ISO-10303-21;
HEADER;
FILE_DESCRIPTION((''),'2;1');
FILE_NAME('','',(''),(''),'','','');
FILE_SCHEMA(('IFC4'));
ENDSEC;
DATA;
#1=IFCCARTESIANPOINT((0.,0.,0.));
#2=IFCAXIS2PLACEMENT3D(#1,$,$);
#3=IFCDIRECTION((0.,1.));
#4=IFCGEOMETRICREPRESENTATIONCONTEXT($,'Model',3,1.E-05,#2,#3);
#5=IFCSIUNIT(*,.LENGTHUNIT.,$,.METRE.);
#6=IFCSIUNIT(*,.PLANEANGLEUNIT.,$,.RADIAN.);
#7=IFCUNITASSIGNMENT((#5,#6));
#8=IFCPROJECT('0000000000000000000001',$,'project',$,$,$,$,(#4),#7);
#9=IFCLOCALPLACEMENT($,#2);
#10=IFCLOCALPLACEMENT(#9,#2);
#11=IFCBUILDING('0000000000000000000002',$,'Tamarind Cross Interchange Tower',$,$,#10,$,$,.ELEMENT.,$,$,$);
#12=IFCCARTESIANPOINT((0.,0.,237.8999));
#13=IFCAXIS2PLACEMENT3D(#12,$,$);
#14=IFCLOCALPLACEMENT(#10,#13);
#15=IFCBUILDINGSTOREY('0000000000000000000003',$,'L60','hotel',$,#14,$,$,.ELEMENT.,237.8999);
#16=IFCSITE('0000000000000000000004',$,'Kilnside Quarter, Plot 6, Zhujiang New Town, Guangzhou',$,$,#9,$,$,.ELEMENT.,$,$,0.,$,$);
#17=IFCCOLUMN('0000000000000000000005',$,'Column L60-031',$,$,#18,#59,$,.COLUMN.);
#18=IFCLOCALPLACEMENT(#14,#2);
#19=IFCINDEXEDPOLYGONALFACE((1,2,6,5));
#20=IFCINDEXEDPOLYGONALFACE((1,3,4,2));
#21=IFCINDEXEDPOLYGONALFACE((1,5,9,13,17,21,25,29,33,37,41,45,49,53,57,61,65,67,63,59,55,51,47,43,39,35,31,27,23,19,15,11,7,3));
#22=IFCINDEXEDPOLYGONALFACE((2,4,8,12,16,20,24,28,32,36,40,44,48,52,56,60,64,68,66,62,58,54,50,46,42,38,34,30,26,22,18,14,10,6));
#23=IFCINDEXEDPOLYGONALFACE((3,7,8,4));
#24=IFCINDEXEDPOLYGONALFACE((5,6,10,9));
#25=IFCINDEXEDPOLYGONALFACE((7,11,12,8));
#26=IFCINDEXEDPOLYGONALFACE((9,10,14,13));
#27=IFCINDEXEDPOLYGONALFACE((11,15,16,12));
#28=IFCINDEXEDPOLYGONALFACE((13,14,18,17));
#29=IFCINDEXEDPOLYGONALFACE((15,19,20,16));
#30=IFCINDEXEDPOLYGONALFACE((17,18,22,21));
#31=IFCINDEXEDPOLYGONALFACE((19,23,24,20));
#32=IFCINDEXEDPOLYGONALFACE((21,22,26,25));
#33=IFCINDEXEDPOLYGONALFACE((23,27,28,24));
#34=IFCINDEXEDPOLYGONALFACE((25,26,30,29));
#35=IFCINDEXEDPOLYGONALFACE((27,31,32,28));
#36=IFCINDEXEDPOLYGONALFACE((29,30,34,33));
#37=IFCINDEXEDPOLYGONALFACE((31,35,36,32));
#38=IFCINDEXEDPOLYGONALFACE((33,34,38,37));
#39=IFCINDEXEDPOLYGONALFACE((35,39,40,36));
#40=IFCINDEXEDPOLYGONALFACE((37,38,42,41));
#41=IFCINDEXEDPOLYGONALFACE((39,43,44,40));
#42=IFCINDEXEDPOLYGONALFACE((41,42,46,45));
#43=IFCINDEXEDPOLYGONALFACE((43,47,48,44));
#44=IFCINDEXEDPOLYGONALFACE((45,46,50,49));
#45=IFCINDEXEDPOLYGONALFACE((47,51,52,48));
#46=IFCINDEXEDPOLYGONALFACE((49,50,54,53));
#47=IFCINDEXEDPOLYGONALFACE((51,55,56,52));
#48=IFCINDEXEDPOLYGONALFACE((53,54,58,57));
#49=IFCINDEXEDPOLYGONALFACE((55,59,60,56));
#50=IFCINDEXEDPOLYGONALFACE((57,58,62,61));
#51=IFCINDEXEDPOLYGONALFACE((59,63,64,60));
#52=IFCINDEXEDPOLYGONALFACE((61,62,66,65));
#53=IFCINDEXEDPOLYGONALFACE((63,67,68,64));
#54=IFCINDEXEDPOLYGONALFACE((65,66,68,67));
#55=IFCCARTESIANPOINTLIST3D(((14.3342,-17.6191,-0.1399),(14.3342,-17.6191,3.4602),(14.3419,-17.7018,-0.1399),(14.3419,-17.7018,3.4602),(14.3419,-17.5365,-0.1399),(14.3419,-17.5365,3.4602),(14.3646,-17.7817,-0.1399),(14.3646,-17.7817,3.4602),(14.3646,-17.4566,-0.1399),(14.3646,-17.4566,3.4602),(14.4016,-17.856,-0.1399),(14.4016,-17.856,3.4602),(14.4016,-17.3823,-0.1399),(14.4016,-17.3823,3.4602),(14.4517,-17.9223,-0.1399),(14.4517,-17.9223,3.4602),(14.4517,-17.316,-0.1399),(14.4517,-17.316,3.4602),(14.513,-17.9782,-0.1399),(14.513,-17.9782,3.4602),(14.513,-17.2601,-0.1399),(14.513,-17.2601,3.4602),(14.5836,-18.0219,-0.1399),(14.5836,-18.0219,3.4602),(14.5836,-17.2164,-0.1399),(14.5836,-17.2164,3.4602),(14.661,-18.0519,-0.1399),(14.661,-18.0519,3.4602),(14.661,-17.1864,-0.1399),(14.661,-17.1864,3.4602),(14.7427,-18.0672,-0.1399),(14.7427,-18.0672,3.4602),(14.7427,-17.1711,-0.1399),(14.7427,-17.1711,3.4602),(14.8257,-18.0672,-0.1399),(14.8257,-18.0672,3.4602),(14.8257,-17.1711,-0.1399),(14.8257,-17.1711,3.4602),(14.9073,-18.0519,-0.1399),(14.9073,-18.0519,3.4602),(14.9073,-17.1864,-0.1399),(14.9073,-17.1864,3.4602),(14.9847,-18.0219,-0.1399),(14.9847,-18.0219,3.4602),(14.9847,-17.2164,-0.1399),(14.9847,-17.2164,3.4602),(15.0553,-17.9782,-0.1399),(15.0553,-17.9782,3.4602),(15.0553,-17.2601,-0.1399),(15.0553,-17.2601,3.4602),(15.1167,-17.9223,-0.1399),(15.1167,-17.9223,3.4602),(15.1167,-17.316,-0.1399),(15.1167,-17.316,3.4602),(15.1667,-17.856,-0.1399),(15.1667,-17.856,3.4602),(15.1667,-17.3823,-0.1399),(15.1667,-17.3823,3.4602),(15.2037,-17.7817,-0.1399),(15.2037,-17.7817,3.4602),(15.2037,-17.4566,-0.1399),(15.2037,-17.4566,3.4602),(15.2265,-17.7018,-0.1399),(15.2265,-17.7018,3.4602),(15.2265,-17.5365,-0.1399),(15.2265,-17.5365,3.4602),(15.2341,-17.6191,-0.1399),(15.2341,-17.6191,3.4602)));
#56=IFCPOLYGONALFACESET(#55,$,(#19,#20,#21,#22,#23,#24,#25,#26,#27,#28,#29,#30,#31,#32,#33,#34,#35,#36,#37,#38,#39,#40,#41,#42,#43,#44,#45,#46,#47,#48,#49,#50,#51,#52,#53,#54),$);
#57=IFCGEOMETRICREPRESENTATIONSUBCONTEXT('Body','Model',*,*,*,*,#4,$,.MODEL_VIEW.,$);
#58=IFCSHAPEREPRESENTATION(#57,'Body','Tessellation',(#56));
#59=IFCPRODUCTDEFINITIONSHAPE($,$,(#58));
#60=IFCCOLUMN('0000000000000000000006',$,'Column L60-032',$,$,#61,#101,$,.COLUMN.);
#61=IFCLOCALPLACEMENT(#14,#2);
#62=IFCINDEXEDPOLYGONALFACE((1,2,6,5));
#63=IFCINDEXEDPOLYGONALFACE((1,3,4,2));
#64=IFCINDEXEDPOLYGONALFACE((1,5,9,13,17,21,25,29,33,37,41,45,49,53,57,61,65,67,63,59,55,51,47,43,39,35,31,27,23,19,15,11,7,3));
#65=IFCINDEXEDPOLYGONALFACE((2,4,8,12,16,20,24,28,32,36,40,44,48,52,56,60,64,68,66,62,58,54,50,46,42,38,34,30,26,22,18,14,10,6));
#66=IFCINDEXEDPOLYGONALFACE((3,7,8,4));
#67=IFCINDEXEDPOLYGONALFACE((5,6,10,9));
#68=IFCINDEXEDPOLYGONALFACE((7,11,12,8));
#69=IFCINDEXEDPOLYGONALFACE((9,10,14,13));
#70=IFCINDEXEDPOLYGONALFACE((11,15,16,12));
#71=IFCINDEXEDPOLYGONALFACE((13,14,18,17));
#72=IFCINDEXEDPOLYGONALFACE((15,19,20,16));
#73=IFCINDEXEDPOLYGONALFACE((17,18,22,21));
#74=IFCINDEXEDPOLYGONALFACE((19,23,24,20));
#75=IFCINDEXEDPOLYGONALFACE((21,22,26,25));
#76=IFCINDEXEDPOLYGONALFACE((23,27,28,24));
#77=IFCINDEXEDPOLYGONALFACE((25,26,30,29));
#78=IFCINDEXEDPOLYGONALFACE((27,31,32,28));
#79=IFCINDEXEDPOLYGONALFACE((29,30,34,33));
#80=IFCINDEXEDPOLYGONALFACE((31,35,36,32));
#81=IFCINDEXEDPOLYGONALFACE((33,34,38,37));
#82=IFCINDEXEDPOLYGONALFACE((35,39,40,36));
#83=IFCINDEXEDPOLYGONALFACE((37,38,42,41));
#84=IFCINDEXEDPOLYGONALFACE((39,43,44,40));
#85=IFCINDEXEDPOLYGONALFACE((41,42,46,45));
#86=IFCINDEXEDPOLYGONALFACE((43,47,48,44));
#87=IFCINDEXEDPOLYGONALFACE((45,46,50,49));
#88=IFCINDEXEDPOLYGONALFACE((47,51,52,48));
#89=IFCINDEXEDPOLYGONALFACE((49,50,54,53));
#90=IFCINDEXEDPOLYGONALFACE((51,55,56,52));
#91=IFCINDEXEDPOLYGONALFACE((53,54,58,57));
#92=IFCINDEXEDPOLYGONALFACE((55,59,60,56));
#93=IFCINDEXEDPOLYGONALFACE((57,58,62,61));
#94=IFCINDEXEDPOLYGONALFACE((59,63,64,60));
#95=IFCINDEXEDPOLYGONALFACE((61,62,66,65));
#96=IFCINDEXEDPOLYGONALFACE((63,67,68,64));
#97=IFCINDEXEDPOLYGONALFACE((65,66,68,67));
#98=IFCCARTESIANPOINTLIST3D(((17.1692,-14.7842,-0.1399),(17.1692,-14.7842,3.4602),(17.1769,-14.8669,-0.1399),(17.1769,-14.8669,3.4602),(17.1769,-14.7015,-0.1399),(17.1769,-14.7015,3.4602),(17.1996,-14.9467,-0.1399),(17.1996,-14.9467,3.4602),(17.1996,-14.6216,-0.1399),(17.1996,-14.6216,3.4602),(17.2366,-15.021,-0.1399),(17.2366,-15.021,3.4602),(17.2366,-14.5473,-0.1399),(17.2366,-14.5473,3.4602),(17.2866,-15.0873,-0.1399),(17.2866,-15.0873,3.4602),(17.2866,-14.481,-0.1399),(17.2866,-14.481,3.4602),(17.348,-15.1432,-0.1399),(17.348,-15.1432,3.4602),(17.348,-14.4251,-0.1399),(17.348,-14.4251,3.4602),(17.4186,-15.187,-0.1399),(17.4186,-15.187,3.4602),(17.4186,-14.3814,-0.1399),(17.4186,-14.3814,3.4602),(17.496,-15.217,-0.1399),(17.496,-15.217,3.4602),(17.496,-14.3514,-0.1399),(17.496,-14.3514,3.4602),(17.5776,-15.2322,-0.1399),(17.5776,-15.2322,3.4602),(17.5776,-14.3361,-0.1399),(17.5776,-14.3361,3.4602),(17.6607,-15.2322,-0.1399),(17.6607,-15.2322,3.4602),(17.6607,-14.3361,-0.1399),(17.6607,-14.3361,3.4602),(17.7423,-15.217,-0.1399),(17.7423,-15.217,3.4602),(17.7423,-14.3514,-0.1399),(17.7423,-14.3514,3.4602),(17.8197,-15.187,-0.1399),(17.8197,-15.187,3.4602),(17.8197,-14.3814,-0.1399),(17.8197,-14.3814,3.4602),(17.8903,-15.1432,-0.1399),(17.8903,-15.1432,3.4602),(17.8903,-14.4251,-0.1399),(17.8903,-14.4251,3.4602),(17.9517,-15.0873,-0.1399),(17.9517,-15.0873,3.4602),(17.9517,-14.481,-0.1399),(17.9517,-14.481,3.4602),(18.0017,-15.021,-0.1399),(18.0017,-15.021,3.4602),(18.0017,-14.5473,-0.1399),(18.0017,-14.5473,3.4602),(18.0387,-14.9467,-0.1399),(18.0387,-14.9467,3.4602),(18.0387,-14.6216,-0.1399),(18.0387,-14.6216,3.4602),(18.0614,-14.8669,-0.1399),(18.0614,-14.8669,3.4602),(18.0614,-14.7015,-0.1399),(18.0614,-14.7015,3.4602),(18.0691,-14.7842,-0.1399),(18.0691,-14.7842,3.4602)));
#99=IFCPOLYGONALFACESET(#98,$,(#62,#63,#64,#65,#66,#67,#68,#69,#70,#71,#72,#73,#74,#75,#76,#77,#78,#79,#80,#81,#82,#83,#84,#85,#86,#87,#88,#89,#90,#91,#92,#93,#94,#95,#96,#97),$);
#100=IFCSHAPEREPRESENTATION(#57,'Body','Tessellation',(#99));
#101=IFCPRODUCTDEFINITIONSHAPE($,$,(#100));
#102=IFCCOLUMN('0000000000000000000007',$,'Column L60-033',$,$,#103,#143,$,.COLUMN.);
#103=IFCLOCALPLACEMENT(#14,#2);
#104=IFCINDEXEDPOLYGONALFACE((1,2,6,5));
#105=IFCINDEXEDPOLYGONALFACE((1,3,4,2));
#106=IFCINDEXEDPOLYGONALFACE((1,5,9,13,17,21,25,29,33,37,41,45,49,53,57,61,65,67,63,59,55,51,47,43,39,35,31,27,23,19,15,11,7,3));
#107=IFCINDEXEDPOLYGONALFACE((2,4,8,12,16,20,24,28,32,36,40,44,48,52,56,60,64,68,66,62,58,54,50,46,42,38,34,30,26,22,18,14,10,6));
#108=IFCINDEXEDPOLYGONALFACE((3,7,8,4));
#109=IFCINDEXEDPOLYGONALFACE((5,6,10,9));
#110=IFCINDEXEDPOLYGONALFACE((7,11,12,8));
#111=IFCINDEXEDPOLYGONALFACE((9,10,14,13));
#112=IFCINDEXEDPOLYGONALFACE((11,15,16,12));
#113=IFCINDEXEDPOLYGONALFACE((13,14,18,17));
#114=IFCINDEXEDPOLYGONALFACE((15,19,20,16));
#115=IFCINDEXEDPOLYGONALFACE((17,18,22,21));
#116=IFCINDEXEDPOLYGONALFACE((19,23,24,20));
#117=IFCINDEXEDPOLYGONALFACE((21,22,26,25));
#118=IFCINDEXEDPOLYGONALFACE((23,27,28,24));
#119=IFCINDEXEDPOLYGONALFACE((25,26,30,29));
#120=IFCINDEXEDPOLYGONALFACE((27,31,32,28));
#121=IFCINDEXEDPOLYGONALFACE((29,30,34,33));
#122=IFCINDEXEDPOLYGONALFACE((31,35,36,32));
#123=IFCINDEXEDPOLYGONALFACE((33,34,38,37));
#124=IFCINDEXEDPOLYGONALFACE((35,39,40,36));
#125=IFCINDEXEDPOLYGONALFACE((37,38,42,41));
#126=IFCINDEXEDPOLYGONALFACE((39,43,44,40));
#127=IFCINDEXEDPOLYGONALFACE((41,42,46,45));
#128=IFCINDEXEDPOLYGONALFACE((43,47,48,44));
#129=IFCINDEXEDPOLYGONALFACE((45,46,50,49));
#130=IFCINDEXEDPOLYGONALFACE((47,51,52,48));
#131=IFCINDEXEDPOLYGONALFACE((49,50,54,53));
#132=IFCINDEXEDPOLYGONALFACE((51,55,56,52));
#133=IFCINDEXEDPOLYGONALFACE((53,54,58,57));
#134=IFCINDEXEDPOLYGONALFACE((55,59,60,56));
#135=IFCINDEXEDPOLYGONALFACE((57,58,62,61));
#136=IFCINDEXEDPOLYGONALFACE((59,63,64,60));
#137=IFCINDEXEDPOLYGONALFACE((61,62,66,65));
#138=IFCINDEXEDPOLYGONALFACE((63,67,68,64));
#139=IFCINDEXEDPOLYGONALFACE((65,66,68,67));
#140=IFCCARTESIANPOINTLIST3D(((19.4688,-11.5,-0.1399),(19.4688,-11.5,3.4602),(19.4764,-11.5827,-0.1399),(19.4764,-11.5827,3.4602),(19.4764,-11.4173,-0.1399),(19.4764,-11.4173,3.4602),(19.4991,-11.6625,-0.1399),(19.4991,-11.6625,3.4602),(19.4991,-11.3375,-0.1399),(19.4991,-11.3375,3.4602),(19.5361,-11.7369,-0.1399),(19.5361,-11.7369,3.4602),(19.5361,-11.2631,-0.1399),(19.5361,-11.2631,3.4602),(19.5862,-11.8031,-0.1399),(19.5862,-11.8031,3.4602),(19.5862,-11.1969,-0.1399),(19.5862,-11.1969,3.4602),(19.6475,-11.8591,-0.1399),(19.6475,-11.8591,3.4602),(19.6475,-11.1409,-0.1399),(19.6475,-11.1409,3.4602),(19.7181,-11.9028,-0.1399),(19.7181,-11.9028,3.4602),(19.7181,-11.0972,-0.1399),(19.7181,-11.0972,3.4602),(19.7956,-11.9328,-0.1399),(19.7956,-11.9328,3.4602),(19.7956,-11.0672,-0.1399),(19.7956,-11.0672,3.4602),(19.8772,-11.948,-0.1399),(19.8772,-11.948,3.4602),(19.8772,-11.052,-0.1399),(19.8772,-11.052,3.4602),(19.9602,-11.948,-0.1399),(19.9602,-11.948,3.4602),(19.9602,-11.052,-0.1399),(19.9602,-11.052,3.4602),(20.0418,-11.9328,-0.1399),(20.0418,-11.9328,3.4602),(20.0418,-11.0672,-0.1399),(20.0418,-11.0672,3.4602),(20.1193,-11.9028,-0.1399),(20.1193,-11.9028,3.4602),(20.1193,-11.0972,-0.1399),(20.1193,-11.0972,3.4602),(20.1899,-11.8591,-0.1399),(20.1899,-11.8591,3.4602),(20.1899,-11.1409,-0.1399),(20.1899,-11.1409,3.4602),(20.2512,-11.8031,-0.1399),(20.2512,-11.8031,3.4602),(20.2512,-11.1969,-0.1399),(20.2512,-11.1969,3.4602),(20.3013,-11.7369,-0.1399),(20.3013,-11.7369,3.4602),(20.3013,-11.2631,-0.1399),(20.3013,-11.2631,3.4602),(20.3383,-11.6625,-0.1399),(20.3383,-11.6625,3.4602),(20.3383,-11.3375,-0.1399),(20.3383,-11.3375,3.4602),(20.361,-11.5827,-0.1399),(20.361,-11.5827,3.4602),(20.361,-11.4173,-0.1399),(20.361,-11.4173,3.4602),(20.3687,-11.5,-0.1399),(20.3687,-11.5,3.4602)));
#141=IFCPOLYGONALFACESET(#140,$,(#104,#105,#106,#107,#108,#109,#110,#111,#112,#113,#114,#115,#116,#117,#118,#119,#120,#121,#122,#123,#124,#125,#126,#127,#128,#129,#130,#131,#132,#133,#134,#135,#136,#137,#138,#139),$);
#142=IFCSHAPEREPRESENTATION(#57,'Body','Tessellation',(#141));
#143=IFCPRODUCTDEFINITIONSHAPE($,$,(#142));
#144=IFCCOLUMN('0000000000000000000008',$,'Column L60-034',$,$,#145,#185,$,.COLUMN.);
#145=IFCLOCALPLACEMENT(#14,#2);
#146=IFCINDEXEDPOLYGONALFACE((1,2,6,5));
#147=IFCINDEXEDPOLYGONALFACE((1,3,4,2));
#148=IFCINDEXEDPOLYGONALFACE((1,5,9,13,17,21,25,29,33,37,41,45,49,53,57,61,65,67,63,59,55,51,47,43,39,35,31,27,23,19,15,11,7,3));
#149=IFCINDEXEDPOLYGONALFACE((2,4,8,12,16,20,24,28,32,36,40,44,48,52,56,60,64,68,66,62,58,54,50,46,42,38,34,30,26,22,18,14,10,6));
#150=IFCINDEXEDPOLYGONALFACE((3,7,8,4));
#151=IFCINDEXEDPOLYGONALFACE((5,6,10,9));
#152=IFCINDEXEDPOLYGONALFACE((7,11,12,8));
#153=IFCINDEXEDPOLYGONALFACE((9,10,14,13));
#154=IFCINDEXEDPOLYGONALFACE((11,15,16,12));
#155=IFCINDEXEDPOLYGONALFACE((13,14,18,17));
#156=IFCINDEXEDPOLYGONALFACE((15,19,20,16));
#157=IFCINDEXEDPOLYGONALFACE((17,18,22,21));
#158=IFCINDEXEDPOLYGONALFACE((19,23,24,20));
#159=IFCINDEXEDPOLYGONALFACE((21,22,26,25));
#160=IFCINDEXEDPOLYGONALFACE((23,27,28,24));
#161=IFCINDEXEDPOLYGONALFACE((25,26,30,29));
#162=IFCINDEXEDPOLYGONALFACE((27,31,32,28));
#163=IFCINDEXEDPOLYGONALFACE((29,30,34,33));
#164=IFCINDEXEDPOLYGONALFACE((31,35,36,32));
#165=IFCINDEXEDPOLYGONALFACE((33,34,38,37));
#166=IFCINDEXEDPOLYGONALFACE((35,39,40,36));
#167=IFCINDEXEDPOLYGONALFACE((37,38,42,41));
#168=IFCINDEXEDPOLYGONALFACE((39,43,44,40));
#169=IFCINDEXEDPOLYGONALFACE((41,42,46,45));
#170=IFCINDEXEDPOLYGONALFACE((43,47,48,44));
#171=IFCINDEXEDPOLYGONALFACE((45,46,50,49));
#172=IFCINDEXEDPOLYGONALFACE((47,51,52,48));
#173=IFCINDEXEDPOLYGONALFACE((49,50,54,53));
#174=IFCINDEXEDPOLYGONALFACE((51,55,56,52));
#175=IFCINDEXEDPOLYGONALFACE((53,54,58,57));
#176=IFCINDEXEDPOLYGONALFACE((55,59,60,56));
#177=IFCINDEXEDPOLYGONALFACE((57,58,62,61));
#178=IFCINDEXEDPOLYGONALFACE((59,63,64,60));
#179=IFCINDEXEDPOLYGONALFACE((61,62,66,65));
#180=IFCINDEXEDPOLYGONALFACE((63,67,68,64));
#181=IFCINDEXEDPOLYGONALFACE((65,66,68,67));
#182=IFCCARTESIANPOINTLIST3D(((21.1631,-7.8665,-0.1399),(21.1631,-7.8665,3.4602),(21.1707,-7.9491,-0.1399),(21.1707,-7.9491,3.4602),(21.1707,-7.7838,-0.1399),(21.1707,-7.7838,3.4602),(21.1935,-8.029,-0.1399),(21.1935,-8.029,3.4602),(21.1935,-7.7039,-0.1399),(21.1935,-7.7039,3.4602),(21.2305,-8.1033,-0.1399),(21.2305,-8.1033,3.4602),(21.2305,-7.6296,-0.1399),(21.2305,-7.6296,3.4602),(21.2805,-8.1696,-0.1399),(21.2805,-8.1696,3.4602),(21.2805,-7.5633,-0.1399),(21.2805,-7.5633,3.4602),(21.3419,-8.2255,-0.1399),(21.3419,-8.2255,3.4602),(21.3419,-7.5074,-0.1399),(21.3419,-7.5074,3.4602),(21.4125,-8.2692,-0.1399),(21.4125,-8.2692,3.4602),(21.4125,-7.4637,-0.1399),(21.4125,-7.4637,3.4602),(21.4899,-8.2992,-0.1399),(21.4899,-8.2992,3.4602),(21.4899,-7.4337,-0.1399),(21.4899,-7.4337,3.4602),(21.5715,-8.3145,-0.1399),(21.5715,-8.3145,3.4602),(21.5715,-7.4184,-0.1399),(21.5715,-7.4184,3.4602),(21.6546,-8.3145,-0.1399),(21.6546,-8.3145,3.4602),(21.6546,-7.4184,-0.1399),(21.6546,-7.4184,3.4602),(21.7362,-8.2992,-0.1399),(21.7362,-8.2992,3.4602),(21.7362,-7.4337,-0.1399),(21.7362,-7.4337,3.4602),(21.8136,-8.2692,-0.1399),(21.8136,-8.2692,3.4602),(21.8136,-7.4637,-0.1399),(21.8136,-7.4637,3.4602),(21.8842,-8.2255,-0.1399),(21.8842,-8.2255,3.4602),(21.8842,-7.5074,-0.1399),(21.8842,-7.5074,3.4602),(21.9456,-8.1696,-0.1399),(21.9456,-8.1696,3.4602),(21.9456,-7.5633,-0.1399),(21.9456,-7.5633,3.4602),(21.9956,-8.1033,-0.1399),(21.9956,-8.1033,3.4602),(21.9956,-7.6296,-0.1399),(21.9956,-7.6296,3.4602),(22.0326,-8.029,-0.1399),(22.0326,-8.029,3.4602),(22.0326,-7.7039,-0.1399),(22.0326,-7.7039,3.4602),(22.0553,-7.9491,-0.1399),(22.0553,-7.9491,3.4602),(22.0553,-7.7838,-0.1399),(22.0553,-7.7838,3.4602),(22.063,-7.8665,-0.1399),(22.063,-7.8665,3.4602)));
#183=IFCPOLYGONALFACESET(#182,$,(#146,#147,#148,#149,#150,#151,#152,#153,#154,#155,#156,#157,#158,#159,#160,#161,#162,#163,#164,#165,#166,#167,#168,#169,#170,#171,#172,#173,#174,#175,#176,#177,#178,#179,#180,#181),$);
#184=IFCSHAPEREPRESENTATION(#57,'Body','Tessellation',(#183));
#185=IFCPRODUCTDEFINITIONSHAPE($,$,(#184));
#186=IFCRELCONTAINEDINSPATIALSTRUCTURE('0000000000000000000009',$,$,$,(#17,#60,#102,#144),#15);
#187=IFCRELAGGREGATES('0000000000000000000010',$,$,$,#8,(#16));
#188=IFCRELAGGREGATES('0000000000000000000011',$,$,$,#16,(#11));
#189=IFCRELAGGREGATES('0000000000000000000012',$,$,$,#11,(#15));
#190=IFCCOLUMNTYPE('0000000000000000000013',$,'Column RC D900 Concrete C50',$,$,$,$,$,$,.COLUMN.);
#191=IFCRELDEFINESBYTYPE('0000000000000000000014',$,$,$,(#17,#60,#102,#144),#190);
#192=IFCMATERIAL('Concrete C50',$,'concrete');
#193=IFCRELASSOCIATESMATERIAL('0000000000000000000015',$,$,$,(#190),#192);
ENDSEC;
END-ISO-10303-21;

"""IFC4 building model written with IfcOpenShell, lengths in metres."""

from ifc_helpers import new_model, si_unit, direction, frame, origin, origin_2d, place, context, subcontext, project, spatial, circle, extrude, material, material_profile, profile_set, type_object, element, save


model = new_model("IFC4")

# Units and contexts
model_context = context("Model", 3, precision=1e-05, world=origin(), true_north=direction((0.0, 1.0)))
body_context = subcontext(model_context, "Body", "Model", "MODEL_VIEW")
ifc_project = project(units=[si_unit("LENGTHUNIT", "METRE"), si_unit("PLANEANGLEUNIT", "RADIAN")], contexts=[model_context])

# Site, building, storey
site_placement = place(None, origin())
site = spatial("IfcSite", under=ifc_project, at=site_placement, Name="Kilnside Quarter, Plot 6, Zhujiang New Town, Guangzhou", CompositionType="ELEMENT", RefElevation=0.0)
building_placement = place(site_placement, origin())
building = spatial("IfcBuilding", under=site, at=building_placement, Name="Tamarind Cross Interchange Tower", CompositionType="ELEMENT")
storey_placement = place(building_placement, frame((0.0, 0.0, 237.8999)))
storey = spatial("IfcBuildingStorey", under=building, at=storey_placement, Name="L60", Description="hotel", CompositionType="ELEMENT", Elevation=237.8999)

# Columns
ifc_material_1 = material(Name="Concrete C50", Category="concrete")
ifc_material_profile_1 = material_profile(ifc_material_1, circle(Radius=0.45, at=origin_2d()), Name="RC D900")
ifc_profile_set_1 = profile_set([ifc_material_profile_1], Name="Concrete C50")
column_type = type_object("IfcColumnType", Name="Column RC D900 Concrete C50", PredefinedType="COLUMN", material=ifc_profile_set_1)
for number, where, z_axis, x_axis, name in (
    (1, (14.7842, -17.6191, -0.1399), (0.0, 0.0, 1.0), (1.0, 0.0, 0.0), "Column L60-031"),
    (2, (17.6191, -14.7842, -0.1399), (0.0, 0.0, 1.0), (1.0, 0.0, 0.0), "Column L60-032"),
    (3, (19.9187, -11.5, -0.1399), (0.0, 0.0, 1.0), (1.0, 0.0, 0.0), "Column L60-033"),
    (4, (21.613, -7.8665, -0.1399), (0.0, 0.0, 1.0), (1.0, 0.0, 0.0), "Column L60-034"),
):
    element("IfcColumn", number, at=place(storey_placement, frame(where, z_axis=z_axis, x_axis=x_axis)), inside=storey, type_object=column_type, Name=name, PredefinedType="COLUMN", context=body_context, shape_type="SweptSolid", body=[
        extrude(circle(Radius=0.45, at=origin_2d()), origin(), (0.0, 0.0, 1.0), 3.6001),
    ])

save(model, "model.ifc")
